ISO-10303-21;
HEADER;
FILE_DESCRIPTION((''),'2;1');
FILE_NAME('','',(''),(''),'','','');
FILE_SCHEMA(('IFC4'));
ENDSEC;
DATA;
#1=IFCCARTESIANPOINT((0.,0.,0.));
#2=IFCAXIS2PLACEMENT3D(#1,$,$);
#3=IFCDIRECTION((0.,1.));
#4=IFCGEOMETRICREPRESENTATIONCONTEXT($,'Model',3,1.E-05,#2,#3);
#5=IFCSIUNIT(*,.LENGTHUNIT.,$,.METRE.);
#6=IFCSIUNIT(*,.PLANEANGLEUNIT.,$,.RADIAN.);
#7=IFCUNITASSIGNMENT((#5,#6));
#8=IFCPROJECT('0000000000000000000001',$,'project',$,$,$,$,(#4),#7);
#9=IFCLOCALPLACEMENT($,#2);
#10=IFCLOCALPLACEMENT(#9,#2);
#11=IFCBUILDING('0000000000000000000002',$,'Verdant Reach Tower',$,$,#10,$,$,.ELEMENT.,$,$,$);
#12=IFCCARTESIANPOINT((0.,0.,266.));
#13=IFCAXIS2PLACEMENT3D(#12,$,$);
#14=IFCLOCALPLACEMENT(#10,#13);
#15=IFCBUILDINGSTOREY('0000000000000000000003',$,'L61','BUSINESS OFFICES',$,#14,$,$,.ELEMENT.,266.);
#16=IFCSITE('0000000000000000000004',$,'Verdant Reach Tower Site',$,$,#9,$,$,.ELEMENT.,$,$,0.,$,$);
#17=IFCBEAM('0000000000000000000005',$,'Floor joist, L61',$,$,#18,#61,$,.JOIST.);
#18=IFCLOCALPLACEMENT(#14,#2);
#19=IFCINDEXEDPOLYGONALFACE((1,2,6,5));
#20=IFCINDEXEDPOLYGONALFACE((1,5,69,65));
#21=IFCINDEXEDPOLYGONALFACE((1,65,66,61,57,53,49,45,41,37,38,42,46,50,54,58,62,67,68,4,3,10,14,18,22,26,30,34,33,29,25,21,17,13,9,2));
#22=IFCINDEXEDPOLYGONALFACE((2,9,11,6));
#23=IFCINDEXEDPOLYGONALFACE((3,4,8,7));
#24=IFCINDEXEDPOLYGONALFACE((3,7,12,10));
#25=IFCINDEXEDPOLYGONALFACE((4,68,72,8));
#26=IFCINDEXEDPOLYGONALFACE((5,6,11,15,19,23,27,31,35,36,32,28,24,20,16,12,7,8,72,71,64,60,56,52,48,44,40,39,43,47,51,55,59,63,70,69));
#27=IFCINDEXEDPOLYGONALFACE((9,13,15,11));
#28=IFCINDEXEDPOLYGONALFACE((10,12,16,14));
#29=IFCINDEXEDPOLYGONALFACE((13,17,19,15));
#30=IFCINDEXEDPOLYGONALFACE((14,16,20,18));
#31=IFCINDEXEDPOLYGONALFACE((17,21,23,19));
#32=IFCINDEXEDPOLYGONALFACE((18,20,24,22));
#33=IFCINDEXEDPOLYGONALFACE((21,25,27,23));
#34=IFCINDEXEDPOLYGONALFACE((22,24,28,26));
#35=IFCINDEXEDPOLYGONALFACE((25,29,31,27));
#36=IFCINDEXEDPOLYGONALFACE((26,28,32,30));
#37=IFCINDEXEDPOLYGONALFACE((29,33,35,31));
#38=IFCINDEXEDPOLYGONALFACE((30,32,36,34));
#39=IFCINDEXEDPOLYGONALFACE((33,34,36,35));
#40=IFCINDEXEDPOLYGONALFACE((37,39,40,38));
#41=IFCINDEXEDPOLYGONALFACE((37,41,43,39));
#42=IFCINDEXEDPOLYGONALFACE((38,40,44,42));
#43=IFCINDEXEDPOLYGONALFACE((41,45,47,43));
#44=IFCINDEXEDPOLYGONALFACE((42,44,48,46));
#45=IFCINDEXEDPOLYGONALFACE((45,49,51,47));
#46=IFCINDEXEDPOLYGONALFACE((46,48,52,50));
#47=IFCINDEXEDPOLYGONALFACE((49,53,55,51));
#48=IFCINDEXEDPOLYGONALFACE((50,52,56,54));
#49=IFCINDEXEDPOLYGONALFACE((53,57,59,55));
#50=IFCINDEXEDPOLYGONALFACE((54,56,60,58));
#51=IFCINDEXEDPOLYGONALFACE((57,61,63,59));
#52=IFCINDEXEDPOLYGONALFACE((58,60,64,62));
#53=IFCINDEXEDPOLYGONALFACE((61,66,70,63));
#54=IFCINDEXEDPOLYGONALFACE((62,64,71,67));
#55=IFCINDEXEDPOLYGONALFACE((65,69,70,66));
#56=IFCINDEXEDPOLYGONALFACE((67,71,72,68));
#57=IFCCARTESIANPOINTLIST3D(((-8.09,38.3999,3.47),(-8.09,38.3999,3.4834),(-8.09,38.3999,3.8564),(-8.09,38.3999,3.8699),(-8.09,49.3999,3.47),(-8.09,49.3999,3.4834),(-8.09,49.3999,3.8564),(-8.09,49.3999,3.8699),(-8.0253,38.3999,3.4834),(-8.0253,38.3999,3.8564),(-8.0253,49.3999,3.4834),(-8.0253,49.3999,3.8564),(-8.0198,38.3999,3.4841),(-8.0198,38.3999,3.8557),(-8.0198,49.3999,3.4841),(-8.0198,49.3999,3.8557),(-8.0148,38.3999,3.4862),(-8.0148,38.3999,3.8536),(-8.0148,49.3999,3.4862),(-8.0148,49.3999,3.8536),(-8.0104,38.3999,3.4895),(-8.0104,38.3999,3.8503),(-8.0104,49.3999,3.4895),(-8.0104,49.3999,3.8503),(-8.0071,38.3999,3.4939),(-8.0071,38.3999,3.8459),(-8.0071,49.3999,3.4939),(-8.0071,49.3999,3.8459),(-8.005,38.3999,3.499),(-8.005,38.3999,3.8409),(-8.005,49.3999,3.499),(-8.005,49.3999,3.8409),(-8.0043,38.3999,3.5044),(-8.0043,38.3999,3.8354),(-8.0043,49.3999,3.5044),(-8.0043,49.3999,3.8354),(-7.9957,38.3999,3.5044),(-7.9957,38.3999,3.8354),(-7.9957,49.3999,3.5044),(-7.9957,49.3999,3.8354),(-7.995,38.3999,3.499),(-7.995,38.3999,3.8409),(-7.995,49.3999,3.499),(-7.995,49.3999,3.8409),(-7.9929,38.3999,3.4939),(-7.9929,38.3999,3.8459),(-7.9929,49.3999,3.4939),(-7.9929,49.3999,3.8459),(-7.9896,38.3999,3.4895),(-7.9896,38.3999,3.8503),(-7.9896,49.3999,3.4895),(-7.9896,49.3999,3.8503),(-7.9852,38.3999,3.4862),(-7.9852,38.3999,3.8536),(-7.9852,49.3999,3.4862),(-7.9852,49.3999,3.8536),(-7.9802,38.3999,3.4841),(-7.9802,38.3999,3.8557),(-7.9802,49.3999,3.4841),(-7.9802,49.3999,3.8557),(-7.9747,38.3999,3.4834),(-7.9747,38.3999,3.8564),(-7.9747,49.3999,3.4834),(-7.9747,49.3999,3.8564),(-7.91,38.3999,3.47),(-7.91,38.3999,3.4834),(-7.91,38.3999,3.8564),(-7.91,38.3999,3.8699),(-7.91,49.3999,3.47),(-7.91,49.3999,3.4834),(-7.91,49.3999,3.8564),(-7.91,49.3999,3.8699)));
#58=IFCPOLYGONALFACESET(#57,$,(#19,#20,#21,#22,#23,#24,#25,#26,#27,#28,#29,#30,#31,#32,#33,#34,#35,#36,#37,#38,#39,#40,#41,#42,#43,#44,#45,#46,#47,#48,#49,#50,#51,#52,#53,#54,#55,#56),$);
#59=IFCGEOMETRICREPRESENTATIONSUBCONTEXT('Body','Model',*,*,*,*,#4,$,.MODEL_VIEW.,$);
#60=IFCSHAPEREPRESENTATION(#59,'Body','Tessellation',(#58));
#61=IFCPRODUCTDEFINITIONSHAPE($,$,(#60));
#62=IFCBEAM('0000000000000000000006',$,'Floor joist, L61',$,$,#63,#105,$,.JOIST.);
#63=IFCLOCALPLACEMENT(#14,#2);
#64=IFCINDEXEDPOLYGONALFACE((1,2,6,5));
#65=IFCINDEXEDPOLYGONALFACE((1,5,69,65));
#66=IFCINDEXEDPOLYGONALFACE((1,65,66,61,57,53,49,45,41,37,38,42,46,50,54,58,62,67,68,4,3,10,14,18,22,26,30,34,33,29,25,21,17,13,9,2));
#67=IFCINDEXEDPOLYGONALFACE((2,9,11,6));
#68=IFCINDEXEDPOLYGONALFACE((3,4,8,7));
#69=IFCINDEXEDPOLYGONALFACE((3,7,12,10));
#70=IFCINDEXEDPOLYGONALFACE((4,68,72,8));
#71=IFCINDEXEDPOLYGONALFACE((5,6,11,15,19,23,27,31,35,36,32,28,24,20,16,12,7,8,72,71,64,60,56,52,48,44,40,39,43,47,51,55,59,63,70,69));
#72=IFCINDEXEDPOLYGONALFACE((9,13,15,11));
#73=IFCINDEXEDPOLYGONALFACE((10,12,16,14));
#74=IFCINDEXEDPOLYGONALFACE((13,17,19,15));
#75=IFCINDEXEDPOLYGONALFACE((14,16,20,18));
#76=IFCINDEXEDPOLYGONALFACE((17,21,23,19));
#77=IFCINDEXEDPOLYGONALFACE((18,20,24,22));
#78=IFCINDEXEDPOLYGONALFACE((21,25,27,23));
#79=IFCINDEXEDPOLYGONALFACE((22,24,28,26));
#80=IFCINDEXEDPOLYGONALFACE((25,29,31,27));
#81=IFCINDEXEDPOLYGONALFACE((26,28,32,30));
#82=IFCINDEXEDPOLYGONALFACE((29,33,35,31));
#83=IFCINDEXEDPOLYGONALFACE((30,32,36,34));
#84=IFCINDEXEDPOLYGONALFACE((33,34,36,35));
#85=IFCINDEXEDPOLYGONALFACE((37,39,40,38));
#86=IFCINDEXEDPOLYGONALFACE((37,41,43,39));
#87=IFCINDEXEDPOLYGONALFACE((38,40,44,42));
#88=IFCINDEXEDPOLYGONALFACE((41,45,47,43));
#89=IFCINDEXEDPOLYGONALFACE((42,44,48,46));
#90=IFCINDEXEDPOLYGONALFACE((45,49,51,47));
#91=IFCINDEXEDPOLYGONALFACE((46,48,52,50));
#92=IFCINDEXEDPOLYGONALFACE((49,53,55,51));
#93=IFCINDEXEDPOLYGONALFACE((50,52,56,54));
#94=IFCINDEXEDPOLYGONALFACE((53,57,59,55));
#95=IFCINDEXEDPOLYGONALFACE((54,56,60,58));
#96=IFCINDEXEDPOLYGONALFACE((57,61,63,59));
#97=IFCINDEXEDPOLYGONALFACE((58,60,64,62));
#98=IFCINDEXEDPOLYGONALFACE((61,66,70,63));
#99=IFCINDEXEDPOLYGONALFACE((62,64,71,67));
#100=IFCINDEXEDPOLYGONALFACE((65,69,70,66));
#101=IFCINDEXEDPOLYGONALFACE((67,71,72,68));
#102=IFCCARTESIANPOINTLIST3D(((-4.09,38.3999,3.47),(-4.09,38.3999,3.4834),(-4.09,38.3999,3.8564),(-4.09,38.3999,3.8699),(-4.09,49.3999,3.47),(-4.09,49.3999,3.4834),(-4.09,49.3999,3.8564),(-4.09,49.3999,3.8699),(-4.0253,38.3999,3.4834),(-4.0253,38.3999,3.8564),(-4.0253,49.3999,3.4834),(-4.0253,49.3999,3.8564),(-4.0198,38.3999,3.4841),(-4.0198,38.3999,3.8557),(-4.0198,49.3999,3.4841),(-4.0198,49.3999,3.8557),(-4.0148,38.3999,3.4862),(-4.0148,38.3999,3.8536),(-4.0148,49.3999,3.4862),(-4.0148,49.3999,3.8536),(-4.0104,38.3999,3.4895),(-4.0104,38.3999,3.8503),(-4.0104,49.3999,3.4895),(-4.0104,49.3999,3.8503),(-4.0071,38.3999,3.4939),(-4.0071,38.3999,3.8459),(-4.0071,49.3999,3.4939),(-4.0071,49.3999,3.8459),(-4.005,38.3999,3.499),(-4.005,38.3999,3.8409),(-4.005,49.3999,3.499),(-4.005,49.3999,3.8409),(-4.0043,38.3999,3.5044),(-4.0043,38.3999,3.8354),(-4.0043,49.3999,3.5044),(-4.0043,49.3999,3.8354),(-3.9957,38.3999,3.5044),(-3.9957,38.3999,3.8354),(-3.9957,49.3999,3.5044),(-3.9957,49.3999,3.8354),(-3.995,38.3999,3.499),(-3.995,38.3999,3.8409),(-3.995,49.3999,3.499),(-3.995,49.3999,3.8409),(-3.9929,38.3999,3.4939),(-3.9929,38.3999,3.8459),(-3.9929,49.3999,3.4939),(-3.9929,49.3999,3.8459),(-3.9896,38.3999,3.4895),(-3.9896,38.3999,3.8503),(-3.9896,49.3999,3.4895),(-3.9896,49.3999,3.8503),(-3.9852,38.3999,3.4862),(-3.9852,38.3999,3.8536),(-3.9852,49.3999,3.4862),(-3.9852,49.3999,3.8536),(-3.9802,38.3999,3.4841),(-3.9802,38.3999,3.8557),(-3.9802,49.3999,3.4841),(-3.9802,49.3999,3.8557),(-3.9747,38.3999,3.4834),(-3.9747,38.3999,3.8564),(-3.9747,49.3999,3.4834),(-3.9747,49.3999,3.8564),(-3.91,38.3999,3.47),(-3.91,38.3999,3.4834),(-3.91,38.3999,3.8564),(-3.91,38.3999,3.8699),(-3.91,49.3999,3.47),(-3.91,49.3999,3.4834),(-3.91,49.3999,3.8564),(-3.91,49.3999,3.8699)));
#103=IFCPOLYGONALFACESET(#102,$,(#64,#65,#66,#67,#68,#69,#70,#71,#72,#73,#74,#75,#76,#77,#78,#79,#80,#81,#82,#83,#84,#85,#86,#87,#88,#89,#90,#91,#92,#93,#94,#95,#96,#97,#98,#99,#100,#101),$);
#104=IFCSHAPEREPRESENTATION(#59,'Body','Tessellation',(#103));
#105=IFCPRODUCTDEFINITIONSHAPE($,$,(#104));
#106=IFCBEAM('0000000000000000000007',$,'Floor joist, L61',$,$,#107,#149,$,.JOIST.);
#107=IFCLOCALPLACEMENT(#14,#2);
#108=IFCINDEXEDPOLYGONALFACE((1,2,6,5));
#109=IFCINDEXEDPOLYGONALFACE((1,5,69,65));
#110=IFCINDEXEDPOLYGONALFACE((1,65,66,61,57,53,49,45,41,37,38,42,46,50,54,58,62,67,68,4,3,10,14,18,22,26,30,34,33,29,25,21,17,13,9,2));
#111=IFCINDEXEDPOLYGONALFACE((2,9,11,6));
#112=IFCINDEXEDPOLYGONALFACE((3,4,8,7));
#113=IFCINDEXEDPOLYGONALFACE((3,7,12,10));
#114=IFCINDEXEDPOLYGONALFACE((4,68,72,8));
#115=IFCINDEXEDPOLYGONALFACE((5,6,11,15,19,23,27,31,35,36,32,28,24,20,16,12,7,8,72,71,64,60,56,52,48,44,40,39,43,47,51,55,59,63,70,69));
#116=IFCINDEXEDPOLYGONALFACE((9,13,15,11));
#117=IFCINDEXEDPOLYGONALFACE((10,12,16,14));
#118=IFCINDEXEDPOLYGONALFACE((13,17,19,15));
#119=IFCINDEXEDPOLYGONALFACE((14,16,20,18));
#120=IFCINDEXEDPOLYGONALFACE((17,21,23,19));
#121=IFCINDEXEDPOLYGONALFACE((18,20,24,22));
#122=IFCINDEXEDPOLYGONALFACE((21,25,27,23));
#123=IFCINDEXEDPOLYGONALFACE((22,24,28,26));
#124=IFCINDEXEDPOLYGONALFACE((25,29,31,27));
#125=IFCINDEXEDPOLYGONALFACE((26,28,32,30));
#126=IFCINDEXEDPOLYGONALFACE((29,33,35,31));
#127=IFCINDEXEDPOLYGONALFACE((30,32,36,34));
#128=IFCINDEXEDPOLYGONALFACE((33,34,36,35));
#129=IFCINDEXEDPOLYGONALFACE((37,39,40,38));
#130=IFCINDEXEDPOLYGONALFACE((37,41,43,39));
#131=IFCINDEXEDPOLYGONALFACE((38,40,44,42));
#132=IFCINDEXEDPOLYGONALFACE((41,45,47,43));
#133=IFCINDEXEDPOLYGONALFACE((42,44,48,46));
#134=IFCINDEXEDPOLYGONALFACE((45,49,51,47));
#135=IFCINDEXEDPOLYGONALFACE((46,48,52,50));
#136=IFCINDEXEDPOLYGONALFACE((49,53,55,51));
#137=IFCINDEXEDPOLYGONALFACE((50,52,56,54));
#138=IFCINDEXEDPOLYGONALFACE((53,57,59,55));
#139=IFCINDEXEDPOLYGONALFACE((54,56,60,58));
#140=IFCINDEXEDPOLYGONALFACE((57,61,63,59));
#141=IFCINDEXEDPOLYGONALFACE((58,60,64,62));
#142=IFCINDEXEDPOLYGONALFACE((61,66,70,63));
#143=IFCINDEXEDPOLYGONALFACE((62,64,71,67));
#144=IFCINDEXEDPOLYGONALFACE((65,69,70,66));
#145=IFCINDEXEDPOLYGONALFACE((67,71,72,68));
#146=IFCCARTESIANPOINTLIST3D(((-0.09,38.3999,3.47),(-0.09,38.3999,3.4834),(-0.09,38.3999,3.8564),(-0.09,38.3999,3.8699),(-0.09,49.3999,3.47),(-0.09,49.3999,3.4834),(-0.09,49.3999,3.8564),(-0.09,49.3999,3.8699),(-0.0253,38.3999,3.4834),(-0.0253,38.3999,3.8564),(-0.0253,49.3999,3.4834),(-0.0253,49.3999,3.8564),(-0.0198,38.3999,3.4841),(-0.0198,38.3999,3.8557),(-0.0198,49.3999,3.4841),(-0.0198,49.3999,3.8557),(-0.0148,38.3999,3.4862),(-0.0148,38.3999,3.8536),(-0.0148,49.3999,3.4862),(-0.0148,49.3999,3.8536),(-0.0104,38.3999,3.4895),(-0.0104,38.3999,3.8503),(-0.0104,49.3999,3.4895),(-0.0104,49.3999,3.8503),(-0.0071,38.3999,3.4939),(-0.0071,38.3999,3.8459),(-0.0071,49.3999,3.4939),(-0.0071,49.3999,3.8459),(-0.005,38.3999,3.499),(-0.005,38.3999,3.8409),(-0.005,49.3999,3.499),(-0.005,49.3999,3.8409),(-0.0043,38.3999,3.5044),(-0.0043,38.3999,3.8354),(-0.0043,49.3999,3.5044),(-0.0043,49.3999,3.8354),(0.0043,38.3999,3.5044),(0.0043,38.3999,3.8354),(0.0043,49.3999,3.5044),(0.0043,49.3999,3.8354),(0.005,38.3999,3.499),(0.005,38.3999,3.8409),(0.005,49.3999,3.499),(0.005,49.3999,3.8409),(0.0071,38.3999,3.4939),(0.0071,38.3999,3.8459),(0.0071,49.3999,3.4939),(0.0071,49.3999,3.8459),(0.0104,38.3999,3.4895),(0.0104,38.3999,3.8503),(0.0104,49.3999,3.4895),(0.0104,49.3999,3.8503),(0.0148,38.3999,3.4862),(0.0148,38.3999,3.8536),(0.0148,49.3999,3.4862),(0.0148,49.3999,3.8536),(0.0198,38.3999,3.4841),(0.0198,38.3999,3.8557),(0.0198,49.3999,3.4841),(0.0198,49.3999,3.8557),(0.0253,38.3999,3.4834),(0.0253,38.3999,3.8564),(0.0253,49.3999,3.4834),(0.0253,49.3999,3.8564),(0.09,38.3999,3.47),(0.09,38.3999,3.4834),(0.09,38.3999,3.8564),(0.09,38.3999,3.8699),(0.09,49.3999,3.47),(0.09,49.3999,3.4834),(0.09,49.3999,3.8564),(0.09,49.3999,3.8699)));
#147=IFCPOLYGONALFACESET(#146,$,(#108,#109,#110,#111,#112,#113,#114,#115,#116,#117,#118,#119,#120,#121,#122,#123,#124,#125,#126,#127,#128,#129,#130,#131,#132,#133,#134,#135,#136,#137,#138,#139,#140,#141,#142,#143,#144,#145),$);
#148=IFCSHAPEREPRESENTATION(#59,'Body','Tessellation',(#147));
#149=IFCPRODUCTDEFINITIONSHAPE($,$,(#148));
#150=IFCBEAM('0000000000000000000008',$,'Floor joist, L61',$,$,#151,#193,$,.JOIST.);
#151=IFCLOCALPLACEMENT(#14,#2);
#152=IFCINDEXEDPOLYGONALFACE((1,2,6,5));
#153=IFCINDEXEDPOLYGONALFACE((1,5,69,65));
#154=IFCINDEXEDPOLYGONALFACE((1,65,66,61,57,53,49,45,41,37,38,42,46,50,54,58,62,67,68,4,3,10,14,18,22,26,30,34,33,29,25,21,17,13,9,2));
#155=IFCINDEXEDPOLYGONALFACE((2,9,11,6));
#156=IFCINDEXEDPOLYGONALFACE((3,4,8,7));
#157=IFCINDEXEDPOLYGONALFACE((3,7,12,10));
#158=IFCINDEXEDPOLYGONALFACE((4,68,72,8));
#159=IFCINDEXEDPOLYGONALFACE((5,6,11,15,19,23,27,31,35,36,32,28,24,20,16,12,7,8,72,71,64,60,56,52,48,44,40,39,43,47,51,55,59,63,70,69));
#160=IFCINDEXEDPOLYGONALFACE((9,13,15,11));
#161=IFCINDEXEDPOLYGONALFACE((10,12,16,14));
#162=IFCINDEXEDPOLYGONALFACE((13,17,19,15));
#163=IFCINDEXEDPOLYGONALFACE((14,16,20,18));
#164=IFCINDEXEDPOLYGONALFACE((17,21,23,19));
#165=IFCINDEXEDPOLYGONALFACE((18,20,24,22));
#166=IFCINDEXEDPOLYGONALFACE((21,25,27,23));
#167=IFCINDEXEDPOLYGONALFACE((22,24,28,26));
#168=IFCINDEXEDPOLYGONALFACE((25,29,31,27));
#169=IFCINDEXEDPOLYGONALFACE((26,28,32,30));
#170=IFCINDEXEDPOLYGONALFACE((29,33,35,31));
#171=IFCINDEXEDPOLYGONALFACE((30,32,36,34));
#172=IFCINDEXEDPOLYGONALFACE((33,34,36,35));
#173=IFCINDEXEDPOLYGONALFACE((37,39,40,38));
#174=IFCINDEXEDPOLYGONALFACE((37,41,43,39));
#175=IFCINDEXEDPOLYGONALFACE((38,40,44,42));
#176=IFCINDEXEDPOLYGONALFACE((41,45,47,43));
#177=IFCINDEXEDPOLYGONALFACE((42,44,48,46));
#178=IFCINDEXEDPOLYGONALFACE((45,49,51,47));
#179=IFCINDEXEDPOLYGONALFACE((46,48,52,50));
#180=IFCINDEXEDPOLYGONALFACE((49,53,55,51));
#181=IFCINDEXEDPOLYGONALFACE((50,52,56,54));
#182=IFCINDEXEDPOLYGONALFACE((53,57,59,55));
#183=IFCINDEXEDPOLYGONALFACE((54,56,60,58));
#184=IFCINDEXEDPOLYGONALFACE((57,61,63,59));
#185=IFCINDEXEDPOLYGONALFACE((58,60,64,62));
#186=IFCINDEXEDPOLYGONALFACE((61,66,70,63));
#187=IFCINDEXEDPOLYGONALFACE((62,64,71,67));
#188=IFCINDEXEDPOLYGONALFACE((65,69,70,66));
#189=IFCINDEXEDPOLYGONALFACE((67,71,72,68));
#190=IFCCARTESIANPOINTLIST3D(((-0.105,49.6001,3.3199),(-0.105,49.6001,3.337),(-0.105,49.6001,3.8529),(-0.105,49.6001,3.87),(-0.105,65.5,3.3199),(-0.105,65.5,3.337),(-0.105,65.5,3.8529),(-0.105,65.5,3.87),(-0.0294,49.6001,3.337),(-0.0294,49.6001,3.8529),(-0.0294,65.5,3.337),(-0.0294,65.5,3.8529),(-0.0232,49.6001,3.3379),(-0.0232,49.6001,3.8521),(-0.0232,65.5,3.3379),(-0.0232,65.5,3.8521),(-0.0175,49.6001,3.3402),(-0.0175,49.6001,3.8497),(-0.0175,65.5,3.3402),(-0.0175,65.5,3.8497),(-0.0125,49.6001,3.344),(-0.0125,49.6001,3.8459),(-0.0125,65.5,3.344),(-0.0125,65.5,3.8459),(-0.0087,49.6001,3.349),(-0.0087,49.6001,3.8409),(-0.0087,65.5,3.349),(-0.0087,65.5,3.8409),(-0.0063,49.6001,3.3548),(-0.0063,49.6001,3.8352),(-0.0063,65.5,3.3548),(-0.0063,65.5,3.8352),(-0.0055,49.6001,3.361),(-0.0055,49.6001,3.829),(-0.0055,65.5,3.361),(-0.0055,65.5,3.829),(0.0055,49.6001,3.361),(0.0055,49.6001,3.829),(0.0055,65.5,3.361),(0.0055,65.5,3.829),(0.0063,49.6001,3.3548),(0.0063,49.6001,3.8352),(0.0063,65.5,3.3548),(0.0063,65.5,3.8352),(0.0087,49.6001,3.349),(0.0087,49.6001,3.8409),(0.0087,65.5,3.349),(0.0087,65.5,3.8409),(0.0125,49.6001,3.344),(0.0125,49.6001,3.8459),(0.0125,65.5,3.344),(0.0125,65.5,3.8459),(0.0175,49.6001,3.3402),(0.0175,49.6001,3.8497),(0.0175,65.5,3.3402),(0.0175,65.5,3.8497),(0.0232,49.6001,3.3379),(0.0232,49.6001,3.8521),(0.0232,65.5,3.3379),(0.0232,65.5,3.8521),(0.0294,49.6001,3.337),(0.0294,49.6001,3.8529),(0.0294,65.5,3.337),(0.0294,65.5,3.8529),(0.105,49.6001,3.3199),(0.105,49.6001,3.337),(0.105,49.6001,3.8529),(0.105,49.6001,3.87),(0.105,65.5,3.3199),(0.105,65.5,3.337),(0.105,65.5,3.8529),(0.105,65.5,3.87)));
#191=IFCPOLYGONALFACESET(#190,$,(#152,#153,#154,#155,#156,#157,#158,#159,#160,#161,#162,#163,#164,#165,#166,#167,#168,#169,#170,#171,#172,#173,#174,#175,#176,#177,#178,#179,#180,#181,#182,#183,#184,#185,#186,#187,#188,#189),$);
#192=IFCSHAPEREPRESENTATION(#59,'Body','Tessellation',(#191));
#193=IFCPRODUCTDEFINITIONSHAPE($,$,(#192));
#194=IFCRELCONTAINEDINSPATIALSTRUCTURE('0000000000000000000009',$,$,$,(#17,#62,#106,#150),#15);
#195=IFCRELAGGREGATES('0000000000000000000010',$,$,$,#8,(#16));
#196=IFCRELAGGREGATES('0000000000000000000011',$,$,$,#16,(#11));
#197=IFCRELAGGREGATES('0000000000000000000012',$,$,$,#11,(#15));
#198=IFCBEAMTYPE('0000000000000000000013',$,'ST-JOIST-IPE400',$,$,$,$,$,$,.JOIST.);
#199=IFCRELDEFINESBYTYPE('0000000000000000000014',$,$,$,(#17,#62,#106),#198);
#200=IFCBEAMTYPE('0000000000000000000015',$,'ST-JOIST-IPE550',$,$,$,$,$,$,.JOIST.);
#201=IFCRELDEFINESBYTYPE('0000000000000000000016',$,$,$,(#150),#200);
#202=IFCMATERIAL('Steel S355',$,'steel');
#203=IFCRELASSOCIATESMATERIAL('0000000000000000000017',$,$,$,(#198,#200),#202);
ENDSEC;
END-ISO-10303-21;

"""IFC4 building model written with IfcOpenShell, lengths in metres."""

from ifc_helpers import new_model, si_unit, direction, frame, origin, origin_2d, place, context, subcontext, project, spatial, i_section, extrude, material, material_profile, profile_set, type_object, element, save


model = new_model("IFC4")

# Units and contexts
model_context = context("Model", 3, precision=1e-05, world=origin(), true_north=direction((0.0, 1.0)))
body_context = subcontext(model_context, "Body", "Model", "MODEL_VIEW")
ifc_project = project(units=[si_unit("LENGTHUNIT", "METRE"), si_unit("PLANEANGLEUNIT", "RADIAN")], contexts=[model_context])

# Site, building, storey
site_placement = place(None, origin())
site = spatial("IfcSite", under=ifc_project, at=site_placement, Name="Verdant Reach Tower Site", CompositionType="ELEMENT", RefElevation=0.0)
building_placement = place(site_placement, origin())
building = spatial("IfcBuilding", under=site, at=building_placement, Name="Verdant Reach Tower", CompositionType="ELEMENT")
storey_placement = place(building_placement, frame((0.0, 0.0, 266.0)))
storey = spatial("IfcBuildingStorey", under=building, at=storey_placement, Name="L61", Description="BUSINESS OFFICES", CompositionType="ELEMENT", Elevation=266.0)

# Beams
ifc_material_1 = material(Name="Steel S355", Category="steel")
ifc_material_profile_1 = material_profile(ifc_material_1, i_section(OverallWidth=0.1799, OverallDepth=0.3999, WebThickness=0.0085, FlangeThickness=0.0134, FilletRadius=0.021, at=origin_2d()), Name="IPE 400")
ifc_profile_set_1 = profile_set([ifc_material_profile_1], Name="Steel S355")
beam_type_1 = type_object("IfcBeamType", Name="ST-JOIST-IPE400", PredefinedType="JOIST", material=ifc_profile_set_1)
for number, where, z_axis, x_axis, name in (
    (1, (-8.0, 38.3999, 3.6699), (0.0, 1.0, 0.0), (-1.0, 0.0, 0.0), "Floor joist, L61"),
    (2, (-4.0, 38.3999, 3.6699), (0.0, 1.0, 0.0), (-1.0, 0.0, 0.0), "Floor joist, L61"),
    (3, (0.0, 38.3999, 3.6699), (0.0, 1.0, 0.0), (-1.0, 0.0, 0.0), "Floor joist, L61"),
):
    element("IfcBeam", number, at=place(storey_placement, frame(where, z_axis=z_axis, x_axis=x_axis)), inside=storey, type_object=beam_type_1, Name=name, PredefinedType="JOIST", context=body_context, shape_type="SweptSolid", body=[
        extrude(i_section(OverallWidth=0.1799, OverallDepth=0.3999, WebThickness=0.0085, FlangeThickness=0.0134, FilletRadius=0.021, at=origin_2d()), origin(), (0.0, 0.0, 1.0), 11.0),
    ])
ifc_material_profile_2 = material_profile(ifc_material_1, i_section(OverallWidth=0.21, OverallDepth=0.55, WebThickness=0.011, FlangeThickness=0.0171, FilletRadius=0.0239, at=origin_2d()), Name="IPE 550")
ifc_profile_set_2 = profile_set([ifc_material_profile_2], Name="Steel S355")
beam_type_2 = type_object("IfcBeamType", Name="ST-JOIST-IPE550", PredefinedType="JOIST", material=ifc_profile_set_2)
beam_1_placement = place(storey_placement, frame((0.0, 49.6001, 3.595), z_axis=(0.0, 1.0, 0.0), x_axis=(-1.0, 0.0, 0.0)))
element("IfcBeam", 4, at=beam_1_placement, inside=storey, type_object=beam_type_2, Name="Floor joist, L61", PredefinedType="JOIST", context=body_context, shape_type="SweptSolid", body=[
    extrude(i_section(OverallWidth=0.21, OverallDepth=0.55, WebThickness=0.011, FlangeThickness=0.0171, FilletRadius=0.0239, at=origin_2d()), origin(), (0.0, 0.0, 1.0), 15.8999),
])

save(model, "model.ifc")
